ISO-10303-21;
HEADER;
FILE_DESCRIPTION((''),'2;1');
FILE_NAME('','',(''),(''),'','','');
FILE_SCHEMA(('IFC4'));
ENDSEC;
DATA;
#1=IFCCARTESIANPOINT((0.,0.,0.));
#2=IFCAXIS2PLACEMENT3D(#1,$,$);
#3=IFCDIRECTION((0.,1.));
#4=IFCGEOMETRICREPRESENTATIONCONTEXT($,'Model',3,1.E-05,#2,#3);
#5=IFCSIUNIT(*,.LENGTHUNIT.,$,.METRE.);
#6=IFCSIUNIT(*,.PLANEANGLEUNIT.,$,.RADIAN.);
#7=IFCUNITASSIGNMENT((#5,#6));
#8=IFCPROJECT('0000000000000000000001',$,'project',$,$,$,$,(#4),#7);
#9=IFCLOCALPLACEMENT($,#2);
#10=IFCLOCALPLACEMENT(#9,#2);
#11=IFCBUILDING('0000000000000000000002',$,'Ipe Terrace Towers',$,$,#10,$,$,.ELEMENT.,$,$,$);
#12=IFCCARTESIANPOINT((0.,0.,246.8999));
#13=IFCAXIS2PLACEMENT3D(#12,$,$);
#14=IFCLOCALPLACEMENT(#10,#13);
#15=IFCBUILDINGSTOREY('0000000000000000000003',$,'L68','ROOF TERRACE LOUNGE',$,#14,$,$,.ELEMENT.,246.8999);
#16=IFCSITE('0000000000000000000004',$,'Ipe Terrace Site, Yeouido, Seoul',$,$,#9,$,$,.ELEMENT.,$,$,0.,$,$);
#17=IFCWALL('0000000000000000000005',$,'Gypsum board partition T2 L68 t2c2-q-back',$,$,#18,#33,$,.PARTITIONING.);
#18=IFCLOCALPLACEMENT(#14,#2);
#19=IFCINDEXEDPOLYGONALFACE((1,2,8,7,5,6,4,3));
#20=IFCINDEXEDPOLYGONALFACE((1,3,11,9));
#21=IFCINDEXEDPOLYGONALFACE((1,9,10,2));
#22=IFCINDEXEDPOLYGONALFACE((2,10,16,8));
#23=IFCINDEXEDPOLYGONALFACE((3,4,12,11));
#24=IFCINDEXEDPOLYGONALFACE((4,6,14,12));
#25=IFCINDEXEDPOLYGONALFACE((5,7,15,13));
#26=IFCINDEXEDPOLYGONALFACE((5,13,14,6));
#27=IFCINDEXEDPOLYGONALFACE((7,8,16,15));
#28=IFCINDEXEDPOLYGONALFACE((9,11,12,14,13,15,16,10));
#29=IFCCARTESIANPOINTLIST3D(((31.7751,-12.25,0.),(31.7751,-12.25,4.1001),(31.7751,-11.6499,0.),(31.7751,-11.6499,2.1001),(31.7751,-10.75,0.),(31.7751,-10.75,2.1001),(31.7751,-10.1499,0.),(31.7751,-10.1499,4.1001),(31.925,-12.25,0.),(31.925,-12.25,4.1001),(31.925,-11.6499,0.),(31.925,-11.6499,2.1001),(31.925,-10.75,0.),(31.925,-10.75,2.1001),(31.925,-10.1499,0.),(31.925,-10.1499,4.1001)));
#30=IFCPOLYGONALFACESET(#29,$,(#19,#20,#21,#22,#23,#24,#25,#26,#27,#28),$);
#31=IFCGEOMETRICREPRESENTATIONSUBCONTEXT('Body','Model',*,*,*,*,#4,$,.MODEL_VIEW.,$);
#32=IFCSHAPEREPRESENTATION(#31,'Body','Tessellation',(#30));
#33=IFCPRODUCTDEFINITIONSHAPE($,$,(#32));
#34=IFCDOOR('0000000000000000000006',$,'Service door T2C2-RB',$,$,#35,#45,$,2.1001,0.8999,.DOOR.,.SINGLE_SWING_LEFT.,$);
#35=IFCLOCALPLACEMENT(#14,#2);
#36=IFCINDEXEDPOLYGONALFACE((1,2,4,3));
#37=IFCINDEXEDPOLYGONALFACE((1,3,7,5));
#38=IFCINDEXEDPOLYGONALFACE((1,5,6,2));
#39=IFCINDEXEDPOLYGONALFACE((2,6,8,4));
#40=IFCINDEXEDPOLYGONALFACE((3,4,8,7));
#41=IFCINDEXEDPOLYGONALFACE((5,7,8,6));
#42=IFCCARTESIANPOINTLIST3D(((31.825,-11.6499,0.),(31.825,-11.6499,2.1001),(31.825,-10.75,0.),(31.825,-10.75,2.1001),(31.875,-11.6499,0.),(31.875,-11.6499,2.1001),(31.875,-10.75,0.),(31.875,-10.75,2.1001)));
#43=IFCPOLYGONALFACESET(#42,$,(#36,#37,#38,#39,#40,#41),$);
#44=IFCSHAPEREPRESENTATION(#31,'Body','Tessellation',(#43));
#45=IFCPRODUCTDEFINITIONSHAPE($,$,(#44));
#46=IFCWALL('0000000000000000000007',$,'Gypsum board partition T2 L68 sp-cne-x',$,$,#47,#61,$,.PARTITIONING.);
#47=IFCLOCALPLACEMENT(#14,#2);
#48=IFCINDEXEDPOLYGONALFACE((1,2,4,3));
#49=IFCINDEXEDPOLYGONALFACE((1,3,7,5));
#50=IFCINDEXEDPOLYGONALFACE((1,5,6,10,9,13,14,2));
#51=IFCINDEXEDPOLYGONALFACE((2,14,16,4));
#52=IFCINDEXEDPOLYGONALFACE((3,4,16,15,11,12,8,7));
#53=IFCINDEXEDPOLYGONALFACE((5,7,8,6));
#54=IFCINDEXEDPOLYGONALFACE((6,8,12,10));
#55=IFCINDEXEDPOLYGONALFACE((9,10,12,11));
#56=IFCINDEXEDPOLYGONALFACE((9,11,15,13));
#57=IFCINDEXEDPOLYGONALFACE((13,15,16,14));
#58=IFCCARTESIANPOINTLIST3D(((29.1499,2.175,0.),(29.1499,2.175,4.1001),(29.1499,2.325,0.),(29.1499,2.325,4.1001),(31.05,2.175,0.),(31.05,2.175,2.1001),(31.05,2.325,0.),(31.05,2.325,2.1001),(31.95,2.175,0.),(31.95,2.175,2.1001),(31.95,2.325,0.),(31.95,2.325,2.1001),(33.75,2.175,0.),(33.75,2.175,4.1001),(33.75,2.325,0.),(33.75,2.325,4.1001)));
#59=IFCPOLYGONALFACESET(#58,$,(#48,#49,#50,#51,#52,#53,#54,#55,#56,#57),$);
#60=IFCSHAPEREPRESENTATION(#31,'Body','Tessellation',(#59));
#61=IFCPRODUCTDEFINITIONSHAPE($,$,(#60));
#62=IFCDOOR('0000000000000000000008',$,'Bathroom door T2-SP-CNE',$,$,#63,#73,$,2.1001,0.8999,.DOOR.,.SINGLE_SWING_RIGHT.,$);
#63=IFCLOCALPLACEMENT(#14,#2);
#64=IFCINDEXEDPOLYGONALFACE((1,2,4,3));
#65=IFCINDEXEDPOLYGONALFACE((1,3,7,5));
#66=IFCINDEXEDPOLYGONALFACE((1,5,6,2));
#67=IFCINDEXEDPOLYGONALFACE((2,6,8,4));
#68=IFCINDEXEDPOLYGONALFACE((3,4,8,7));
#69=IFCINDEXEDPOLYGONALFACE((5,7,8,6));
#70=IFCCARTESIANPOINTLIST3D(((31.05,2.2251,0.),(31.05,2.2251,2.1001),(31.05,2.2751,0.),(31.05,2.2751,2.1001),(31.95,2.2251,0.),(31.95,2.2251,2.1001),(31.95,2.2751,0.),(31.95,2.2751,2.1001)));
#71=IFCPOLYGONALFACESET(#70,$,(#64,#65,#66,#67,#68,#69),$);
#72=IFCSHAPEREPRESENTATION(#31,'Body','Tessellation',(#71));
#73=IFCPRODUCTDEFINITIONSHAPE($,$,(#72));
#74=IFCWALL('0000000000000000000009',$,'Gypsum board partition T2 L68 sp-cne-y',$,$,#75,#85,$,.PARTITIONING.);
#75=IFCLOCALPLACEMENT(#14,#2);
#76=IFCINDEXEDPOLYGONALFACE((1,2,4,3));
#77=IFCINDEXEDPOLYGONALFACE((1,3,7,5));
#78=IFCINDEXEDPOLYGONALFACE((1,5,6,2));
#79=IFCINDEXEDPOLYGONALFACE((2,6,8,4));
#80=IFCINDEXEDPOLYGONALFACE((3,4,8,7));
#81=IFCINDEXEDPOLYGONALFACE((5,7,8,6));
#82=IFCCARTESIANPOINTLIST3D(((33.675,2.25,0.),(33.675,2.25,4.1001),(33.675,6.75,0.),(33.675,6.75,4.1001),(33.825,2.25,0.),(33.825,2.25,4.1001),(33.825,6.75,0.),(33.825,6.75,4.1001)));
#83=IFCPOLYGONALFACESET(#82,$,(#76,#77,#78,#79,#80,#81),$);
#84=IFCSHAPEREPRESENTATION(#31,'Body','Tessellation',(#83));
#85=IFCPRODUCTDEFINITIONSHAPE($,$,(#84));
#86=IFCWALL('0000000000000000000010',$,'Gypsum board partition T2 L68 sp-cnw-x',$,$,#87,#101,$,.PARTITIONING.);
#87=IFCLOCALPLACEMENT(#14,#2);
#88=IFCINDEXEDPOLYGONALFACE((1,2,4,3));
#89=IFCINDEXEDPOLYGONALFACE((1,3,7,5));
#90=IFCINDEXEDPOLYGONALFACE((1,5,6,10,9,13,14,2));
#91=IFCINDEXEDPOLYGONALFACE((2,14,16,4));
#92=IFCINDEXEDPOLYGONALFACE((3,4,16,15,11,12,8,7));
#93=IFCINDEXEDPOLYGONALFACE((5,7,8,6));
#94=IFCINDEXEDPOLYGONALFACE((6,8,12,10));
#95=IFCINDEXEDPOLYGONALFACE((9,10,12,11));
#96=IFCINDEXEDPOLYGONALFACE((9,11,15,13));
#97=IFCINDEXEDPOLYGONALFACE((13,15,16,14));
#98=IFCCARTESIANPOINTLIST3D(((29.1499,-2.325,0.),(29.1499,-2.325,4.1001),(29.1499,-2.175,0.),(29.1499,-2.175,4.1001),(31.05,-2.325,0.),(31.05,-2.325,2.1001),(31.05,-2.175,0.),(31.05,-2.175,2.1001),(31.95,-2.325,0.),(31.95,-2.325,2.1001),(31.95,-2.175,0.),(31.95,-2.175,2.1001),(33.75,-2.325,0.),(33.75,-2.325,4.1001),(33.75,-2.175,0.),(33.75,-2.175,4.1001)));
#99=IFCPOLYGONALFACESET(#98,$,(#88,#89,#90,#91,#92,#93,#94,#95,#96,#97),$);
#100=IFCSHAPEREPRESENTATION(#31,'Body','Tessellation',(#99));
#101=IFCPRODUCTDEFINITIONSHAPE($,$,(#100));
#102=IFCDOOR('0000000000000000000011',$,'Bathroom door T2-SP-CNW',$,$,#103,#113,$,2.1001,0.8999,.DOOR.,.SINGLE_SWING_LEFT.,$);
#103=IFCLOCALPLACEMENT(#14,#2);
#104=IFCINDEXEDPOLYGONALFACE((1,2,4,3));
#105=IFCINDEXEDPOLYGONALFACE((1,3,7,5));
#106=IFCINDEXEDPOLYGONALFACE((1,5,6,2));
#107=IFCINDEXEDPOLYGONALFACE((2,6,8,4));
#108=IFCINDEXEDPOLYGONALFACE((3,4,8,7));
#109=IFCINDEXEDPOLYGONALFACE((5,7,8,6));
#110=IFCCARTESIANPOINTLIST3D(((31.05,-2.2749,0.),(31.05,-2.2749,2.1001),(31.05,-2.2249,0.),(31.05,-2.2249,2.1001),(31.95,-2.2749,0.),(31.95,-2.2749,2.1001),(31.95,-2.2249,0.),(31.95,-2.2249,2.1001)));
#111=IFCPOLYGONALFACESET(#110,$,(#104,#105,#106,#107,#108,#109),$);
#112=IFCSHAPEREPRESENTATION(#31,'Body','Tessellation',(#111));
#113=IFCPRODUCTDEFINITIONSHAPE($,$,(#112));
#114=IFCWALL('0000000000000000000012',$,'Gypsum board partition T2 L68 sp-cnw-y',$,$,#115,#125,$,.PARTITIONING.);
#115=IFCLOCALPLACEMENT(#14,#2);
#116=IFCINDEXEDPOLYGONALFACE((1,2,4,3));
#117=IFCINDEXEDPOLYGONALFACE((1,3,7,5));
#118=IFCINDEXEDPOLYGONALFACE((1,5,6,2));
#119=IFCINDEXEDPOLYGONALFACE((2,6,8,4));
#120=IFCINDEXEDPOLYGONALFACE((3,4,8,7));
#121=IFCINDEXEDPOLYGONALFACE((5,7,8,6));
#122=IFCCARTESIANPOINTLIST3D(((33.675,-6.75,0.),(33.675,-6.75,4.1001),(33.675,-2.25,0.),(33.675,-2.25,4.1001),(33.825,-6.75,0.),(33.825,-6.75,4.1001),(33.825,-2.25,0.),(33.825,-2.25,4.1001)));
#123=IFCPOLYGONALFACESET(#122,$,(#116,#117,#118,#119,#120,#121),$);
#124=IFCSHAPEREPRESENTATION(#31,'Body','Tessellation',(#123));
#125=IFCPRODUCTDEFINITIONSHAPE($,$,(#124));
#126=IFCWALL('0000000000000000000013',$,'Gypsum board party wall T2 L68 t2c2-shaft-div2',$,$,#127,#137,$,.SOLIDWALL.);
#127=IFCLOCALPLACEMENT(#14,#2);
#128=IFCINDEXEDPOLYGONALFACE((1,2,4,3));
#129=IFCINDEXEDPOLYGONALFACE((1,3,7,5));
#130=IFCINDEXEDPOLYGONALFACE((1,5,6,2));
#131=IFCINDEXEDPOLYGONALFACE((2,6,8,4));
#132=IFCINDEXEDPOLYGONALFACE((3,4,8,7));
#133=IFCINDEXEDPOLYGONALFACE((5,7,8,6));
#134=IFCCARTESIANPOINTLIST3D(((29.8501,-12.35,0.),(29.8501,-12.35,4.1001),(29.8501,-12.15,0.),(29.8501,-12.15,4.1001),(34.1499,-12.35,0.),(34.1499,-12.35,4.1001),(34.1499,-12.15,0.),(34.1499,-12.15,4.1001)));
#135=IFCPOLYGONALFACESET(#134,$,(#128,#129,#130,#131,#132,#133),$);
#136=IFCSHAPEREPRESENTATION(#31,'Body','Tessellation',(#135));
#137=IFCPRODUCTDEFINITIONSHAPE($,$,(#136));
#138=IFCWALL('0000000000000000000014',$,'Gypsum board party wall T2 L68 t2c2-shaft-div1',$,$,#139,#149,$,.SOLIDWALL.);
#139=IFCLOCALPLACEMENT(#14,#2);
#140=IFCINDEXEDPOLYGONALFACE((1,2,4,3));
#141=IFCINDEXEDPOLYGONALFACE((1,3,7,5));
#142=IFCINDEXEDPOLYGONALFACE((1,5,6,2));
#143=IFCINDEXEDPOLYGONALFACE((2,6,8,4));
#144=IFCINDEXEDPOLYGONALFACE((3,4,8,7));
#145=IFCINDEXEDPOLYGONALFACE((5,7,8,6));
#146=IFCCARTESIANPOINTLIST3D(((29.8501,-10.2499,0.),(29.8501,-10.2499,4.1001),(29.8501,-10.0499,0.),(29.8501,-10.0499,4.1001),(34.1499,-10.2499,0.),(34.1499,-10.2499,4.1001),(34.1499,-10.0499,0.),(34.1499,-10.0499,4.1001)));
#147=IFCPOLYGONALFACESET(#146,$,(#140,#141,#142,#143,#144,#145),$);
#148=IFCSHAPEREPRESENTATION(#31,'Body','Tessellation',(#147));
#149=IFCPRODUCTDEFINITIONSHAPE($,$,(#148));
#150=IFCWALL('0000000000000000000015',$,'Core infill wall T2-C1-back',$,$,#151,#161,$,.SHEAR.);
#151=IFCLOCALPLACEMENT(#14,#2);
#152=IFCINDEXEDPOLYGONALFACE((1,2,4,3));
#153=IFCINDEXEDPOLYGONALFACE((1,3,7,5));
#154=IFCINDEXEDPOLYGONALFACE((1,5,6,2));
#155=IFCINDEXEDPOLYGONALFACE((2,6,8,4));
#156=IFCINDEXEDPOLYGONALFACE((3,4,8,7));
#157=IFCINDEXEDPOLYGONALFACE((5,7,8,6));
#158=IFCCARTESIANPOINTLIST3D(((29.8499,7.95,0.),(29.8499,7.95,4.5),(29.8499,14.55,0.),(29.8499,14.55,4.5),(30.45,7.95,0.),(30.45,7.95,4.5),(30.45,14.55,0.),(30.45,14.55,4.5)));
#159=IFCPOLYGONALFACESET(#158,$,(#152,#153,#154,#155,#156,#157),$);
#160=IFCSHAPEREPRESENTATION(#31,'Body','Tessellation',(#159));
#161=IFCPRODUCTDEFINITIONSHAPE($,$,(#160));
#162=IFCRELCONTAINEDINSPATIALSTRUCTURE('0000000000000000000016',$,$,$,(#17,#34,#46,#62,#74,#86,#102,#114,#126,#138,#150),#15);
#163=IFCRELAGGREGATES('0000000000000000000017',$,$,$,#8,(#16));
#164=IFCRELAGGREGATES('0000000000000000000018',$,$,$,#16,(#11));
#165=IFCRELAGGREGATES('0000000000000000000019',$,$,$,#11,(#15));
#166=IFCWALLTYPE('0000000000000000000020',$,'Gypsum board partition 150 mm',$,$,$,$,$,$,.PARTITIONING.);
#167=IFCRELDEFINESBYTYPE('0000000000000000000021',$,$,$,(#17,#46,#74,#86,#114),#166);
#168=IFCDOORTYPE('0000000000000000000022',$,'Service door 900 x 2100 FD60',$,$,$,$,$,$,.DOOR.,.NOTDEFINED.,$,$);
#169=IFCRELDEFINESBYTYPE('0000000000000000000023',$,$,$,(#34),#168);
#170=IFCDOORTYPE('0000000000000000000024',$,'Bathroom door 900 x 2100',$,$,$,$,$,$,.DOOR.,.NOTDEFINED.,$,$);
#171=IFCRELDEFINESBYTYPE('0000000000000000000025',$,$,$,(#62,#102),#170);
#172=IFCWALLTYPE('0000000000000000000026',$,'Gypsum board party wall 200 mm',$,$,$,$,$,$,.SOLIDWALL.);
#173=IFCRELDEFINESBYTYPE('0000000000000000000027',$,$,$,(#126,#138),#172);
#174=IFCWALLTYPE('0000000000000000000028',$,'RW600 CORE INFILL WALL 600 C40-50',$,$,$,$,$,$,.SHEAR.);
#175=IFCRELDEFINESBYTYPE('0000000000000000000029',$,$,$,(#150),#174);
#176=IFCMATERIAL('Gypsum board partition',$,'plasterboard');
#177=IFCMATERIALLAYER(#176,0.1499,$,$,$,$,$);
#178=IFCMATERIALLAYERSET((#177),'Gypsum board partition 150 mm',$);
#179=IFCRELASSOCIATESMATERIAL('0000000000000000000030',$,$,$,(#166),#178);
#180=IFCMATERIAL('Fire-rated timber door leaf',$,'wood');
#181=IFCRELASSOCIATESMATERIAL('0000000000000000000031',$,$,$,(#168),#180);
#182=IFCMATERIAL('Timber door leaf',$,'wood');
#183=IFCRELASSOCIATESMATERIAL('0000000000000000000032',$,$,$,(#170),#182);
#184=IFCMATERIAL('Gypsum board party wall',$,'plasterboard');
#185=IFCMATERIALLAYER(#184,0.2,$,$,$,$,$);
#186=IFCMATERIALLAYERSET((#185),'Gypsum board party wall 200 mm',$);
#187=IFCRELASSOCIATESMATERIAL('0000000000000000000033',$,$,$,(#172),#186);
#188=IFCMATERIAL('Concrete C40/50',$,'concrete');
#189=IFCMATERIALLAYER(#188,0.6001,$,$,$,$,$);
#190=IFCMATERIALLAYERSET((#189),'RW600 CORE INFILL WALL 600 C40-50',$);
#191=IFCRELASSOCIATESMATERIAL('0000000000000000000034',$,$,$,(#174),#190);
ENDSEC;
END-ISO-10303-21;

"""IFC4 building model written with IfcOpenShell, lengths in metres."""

from ifc_helpers import new_model, si_unit, direction, frame, frame_2d, origin, place, context, subcontext, project, spatial, rectangle, extrude, material, layer, layer_set, type_object, element, fill, save


model = new_model("IFC4")

# Units and contexts
model_context = context("Model", 3, precision=1e-05, world=origin(), true_north=direction((0.0, 1.0)))
body_context = subcontext(model_context, "Body", "Model", "MODEL_VIEW")
ifc_project = project(units=[si_unit("LENGTHUNIT", "METRE"), si_unit("PLANEANGLEUNIT", "RADIAN")], contexts=[model_context])

# Site, building, storey
site_placement = place(None, origin())
site = spatial("IfcSite", under=ifc_project, at=site_placement, Name="Ipe Terrace Site, Yeouido, Seoul", CompositionType="ELEMENT", RefElevation=0.0)
building_placement = place(site_placement, origin())
building = spatial("IfcBuilding", under=site, at=building_placement, Name="Ipe Terrace Towers", CompositionType="ELEMENT")
storey_placement = place(building_placement, frame((0.0, 0.0, 246.8999)))
storey = spatial("IfcBuildingStorey", under=building, at=storey_placement, Name="L68", Description="ROOF TERRACE LOUNGE", CompositionType="ELEMENT", Elevation=246.8999)

# Walls, openings, doors
ifc_material_1 = material(Name="Gypsum board partition", Category="plasterboard")
ifc_layer_1 = layer(ifc_material_1, 0.1499)
ifc_layer_set_1 = layer_set([ifc_layer_1], Name="Gypsum board partition 150 mm")
wall_type_1 = type_object("IfcWallType", Name="Gypsum board partition 150 mm", PredefinedType="PARTITIONING", material=ifc_layer_set_1)
wall_1_placement = place(storey_placement, frame((31.8501, -10.1499, 0.0), z_axis=(0.0, 0.0, 1.0), x_axis=(0.0, -1.0, 0.0)))
wall_1 = element("IfcWall", 1, at=wall_1_placement, inside=storey, type_object=wall_type_1, Name="Gypsum board partition T2 L68 t2c2-q-back", PredefinedType="PARTITIONING", context=body_context, shape_type="SweptSolid", body=[
    extrude(rectangle(XDim=2.1001, YDim=0.1499, at=frame_2d((1.05, 0.0))), origin(), (0.0, 0.0, 1.0), 4.1001),
])
opening_1_placement = place(wall_1_placement, frame((0.6001, 0.0, 0.0)))
opening_1 = element("IfcOpeningElement", 2, at=opening_1_placement, cuts=wall_1, PredefinedType="OPENING", context=body_context, shape_type="SweptSolid", body=[
    extrude(rectangle(XDim=0.8999, YDim=2.1001, at=frame_2d((0.45, 1.05))), frame((0.0, 0.085, 0.0), z_axis=(0.0, -1.0, 0.0), x_axis=(1.0, 0.0, 0.0)), (0.0, 0.0, 1.0), 0.1699),
])
ifc_material_2 = material(Name="Fire-rated timber door leaf", Category="wood")
door_type_1 = type_object("IfcDoorType", Name="Service door 900 x 2100 FD60", OperationType="NOTDEFINED", PredefinedType="DOOR", material=ifc_material_2)
door_1_placement = place(opening_1_placement, origin())
door_1 = element("IfcDoor", 3, at=door_1_placement, inside=storey, type_object=door_type_1, Name="Service door T2C2-RB", OperationType="SINGLE_SWING_LEFT", OverallHeight=2.1001, OverallWidth=0.8999, PredefinedType="DOOR", context=body_context, shape_type="SweptSolid", body=[
    extrude(rectangle(XDim=0.8999, YDim=2.1001, at=frame_2d((0.45, 1.05))), frame((0.0, 0.0249, 0.0), z_axis=(0.0, -1.0, 0.0), x_axis=(1.0, 0.0, 0.0)), (0.0, 0.0, 1.0), 0.05),
])
fill(opening_1, door_1)
wall_2_placement = place(storey_placement, frame((33.75, 2.25, 0.0), z_axis=(0.0, 0.0, 1.0), x_axis=(-1.0, 0.0, 0.0)))
wall_2 = element("IfcWall", 4, at=wall_2_placement, inside=storey, type_object=wall_type_1, Name="Gypsum board partition T2 L68 sp-cne-x", PredefinedType="PARTITIONING", context=body_context, shape_type="SweptSolid", body=[
    extrude(rectangle(XDim=4.6001, YDim=0.1499, at=frame_2d((2.3, 0.0))), origin(), (0.0, 0.0, 1.0), 4.1001),
])
opening_2_placement = place(wall_2_placement, frame((1.8, 0.0, 0.0)))
opening_2 = element("IfcOpeningElement", 5, at=opening_2_placement, cuts=wall_2, PredefinedType="OPENING", context=body_context, shape_type="SweptSolid", body=[
    extrude(rectangle(XDim=0.8999, YDim=2.1001, at=frame_2d((0.45, 1.05))), frame((0.0, 0.085, 0.0), z_axis=(0.0, -1.0, 0.0), x_axis=(1.0, 0.0, 0.0)), (0.0, 0.0, 1.0), 0.1699),
])
ifc_material_3 = material(Name="Timber door leaf", Category="wood")
door_type_2 = type_object("IfcDoorType", Name="Bathroom door 900 x 2100", OperationType="NOTDEFINED", PredefinedType="DOOR", material=ifc_material_3)
door_2_placement = place(opening_2_placement, origin())
door_2 = element("IfcDoor", 6, at=door_2_placement, inside=storey, type_object=door_type_2, Name="Bathroom door T2-SP-CNE", OperationType="SINGLE_SWING_RIGHT", OverallHeight=2.1001, OverallWidth=0.8999, PredefinedType="DOOR", context=body_context, shape_type="SweptSolid", body=[
    extrude(rectangle(XDim=0.8999, YDim=2.1001, at=frame_2d((0.45, 1.05))), frame((0.0, 0.0249, 0.0), z_axis=(0.0, -1.0, 0.0), x_axis=(1.0, 0.0, 0.0)), (0.0, 0.0, 1.0), 0.05),
])
fill(opening_2, door_2)

# Wall
wall_3_placement = place(storey_placement, frame((33.75, 2.25, 0.0), z_axis=(0.0, 0.0, 1.0), x_axis=(0.0, 1.0, 0.0)))
element("IfcWall", 7, at=wall_3_placement, inside=storey, type_object=wall_type_1, Name="Gypsum board partition T2 L68 sp-cne-y", PredefinedType="PARTITIONING", context=body_context, shape_type="SweptSolid", body=[
    extrude(rectangle(XDim=4.5, YDim=0.1499, at=frame_2d((2.25, 0.0))), origin(), (0.0, 0.0, 1.0), 4.1001),
])

# Wall, opening, door
wall_4_placement = place(storey_placement, frame((33.75, -2.25, 0.0), z_axis=(0.0, 0.0, 1.0), x_axis=(-1.0, 0.0, 0.0)))
wall_4 = element("IfcWall", 8, at=wall_4_placement, inside=storey, type_object=wall_type_1, Name="Gypsum board partition T2 L68 sp-cnw-x", PredefinedType="PARTITIONING", context=body_context, shape_type="SweptSolid", body=[
    extrude(rectangle(XDim=4.6001, YDim=0.1499, at=frame_2d((2.3, 0.0))), origin(), (0.0, 0.0, 1.0), 4.1001),
])
opening_3_placement = place(wall_4_placement, frame((1.8, 0.0, 0.0)))
opening_3 = element("IfcOpeningElement", 9, at=opening_3_placement, cuts=wall_4, PredefinedType="OPENING", context=body_context, shape_type="SweptSolid", body=[
    extrude(rectangle(XDim=0.8999, YDim=2.1001, at=frame_2d((0.45, 1.05))), frame((0.0, 0.085, 0.0), z_axis=(0.0, -1.0, 0.0), x_axis=(1.0, 0.0, 0.0)), (0.0, 0.0, 1.0), 0.1699),
])
door_3_placement = place(opening_3_placement, origin())
door_3 = element("IfcDoor", 10, at=door_3_placement, inside=storey, type_object=door_type_2, Name="Bathroom door T2-SP-CNW", OperationType="SINGLE_SWING_LEFT", OverallHeight=2.1001, OverallWidth=0.8999, PredefinedType="DOOR", context=body_context, shape_type="SweptSolid", body=[
    extrude(rectangle(XDim=0.8999, YDim=2.1001, at=frame_2d((0.45, 1.05))), frame((0.0, 0.0249, 0.0), z_axis=(0.0, -1.0, 0.0), x_axis=(1.0, 0.0, 0.0)), (0.0, 0.0, 1.0), 0.05),
])
fill(opening_3, door_3)

# Walls
wall_5_placement = place(storey_placement, frame((33.75, -6.75, 0.0), z_axis=(0.0, 0.0, 1.0), x_axis=(0.0, 1.0, 0.0)))
element("IfcWall", 11, at=wall_5_placement, inside=storey, type_object=wall_type_1, Name="Gypsum board partition T2 L68 sp-cnw-y", PredefinedType="PARTITIONING", context=body_context, shape_type="SweptSolid", body=[
    extrude(rectangle(XDim=4.5, YDim=0.1499, at=frame_2d((2.25, 0.0))), origin(), (0.0, 0.0, 1.0), 4.1001),
])
ifc_material_4 = material(Name="Gypsum board party wall", Category="plasterboard")
ifc_layer_2 = layer(ifc_material_4, 0.2)
ifc_layer_set_2 = layer_set([ifc_layer_2], Name="Gypsum board party wall 200 mm")
wall_type_2 = type_object("IfcWallType", Name="Gypsum board party wall 200 mm", PredefinedType="SOLIDWALL", material=ifc_layer_set_2)
for number, where, z_axis, x_axis, name in (
    (12, (29.8501, -12.25, 0.0), (0.0, 0.0, 1.0), (1.0, 0.0, 0.0), "Gypsum board party wall T2 L68 t2c2-shaft-div2"),
    (13, (29.8501, -10.1499, 0.0), (0.0, 0.0, 1.0), (1.0, 0.0, 0.0), "Gypsum board party wall T2 L68 t2c2-shaft-div1"),
):
    element("IfcWall", number, at=place(storey_placement, frame(where, z_axis=z_axis, x_axis=x_axis)), inside=storey, type_object=wall_type_2, Name=name, PredefinedType="SOLIDWALL", context=body_context, shape_type="SweptSolid", body=[
        extrude(rectangle(XDim=4.2998, YDim=0.2, at=frame_2d((2.1499, 0.0))), origin(), (0.0, 0.0, 1.0), 4.1001),
    ])
ifc_material_5 = material(Name="Concrete C40/50", Category="concrete")
ifc_layer_3 = layer(ifc_material_5, 0.6001)
ifc_layer_set_3 = layer_set([ifc_layer_3], Name="RW600 CORE INFILL WALL 600 C40-50")
wall_type_3 = type_object("IfcWallType", Name="RW600 CORE INFILL WALL 600 C40-50", PredefinedType="SHEAR", material=ifc_layer_set_3)
wall_6_placement = place(storey_placement, frame((30.1499, 7.95, 0.0), z_axis=(0.0, 0.0, 1.0), x_axis=(0.0, 1.0, 0.0)))
element("IfcWall", 14, at=wall_6_placement, inside=storey, type_object=wall_type_3, Name="Core infill wall T2-C1-back", PredefinedType="SHEAR", context=body_context, shape_type="SweptSolid", body=[
    extrude(rectangle(XDim=6.6001, YDim=0.6001, at=frame_2d((3.3, 0.0))), origin(), (0.0, 0.0, 1.0), 4.5),
])

save(model, "model.ifc")
